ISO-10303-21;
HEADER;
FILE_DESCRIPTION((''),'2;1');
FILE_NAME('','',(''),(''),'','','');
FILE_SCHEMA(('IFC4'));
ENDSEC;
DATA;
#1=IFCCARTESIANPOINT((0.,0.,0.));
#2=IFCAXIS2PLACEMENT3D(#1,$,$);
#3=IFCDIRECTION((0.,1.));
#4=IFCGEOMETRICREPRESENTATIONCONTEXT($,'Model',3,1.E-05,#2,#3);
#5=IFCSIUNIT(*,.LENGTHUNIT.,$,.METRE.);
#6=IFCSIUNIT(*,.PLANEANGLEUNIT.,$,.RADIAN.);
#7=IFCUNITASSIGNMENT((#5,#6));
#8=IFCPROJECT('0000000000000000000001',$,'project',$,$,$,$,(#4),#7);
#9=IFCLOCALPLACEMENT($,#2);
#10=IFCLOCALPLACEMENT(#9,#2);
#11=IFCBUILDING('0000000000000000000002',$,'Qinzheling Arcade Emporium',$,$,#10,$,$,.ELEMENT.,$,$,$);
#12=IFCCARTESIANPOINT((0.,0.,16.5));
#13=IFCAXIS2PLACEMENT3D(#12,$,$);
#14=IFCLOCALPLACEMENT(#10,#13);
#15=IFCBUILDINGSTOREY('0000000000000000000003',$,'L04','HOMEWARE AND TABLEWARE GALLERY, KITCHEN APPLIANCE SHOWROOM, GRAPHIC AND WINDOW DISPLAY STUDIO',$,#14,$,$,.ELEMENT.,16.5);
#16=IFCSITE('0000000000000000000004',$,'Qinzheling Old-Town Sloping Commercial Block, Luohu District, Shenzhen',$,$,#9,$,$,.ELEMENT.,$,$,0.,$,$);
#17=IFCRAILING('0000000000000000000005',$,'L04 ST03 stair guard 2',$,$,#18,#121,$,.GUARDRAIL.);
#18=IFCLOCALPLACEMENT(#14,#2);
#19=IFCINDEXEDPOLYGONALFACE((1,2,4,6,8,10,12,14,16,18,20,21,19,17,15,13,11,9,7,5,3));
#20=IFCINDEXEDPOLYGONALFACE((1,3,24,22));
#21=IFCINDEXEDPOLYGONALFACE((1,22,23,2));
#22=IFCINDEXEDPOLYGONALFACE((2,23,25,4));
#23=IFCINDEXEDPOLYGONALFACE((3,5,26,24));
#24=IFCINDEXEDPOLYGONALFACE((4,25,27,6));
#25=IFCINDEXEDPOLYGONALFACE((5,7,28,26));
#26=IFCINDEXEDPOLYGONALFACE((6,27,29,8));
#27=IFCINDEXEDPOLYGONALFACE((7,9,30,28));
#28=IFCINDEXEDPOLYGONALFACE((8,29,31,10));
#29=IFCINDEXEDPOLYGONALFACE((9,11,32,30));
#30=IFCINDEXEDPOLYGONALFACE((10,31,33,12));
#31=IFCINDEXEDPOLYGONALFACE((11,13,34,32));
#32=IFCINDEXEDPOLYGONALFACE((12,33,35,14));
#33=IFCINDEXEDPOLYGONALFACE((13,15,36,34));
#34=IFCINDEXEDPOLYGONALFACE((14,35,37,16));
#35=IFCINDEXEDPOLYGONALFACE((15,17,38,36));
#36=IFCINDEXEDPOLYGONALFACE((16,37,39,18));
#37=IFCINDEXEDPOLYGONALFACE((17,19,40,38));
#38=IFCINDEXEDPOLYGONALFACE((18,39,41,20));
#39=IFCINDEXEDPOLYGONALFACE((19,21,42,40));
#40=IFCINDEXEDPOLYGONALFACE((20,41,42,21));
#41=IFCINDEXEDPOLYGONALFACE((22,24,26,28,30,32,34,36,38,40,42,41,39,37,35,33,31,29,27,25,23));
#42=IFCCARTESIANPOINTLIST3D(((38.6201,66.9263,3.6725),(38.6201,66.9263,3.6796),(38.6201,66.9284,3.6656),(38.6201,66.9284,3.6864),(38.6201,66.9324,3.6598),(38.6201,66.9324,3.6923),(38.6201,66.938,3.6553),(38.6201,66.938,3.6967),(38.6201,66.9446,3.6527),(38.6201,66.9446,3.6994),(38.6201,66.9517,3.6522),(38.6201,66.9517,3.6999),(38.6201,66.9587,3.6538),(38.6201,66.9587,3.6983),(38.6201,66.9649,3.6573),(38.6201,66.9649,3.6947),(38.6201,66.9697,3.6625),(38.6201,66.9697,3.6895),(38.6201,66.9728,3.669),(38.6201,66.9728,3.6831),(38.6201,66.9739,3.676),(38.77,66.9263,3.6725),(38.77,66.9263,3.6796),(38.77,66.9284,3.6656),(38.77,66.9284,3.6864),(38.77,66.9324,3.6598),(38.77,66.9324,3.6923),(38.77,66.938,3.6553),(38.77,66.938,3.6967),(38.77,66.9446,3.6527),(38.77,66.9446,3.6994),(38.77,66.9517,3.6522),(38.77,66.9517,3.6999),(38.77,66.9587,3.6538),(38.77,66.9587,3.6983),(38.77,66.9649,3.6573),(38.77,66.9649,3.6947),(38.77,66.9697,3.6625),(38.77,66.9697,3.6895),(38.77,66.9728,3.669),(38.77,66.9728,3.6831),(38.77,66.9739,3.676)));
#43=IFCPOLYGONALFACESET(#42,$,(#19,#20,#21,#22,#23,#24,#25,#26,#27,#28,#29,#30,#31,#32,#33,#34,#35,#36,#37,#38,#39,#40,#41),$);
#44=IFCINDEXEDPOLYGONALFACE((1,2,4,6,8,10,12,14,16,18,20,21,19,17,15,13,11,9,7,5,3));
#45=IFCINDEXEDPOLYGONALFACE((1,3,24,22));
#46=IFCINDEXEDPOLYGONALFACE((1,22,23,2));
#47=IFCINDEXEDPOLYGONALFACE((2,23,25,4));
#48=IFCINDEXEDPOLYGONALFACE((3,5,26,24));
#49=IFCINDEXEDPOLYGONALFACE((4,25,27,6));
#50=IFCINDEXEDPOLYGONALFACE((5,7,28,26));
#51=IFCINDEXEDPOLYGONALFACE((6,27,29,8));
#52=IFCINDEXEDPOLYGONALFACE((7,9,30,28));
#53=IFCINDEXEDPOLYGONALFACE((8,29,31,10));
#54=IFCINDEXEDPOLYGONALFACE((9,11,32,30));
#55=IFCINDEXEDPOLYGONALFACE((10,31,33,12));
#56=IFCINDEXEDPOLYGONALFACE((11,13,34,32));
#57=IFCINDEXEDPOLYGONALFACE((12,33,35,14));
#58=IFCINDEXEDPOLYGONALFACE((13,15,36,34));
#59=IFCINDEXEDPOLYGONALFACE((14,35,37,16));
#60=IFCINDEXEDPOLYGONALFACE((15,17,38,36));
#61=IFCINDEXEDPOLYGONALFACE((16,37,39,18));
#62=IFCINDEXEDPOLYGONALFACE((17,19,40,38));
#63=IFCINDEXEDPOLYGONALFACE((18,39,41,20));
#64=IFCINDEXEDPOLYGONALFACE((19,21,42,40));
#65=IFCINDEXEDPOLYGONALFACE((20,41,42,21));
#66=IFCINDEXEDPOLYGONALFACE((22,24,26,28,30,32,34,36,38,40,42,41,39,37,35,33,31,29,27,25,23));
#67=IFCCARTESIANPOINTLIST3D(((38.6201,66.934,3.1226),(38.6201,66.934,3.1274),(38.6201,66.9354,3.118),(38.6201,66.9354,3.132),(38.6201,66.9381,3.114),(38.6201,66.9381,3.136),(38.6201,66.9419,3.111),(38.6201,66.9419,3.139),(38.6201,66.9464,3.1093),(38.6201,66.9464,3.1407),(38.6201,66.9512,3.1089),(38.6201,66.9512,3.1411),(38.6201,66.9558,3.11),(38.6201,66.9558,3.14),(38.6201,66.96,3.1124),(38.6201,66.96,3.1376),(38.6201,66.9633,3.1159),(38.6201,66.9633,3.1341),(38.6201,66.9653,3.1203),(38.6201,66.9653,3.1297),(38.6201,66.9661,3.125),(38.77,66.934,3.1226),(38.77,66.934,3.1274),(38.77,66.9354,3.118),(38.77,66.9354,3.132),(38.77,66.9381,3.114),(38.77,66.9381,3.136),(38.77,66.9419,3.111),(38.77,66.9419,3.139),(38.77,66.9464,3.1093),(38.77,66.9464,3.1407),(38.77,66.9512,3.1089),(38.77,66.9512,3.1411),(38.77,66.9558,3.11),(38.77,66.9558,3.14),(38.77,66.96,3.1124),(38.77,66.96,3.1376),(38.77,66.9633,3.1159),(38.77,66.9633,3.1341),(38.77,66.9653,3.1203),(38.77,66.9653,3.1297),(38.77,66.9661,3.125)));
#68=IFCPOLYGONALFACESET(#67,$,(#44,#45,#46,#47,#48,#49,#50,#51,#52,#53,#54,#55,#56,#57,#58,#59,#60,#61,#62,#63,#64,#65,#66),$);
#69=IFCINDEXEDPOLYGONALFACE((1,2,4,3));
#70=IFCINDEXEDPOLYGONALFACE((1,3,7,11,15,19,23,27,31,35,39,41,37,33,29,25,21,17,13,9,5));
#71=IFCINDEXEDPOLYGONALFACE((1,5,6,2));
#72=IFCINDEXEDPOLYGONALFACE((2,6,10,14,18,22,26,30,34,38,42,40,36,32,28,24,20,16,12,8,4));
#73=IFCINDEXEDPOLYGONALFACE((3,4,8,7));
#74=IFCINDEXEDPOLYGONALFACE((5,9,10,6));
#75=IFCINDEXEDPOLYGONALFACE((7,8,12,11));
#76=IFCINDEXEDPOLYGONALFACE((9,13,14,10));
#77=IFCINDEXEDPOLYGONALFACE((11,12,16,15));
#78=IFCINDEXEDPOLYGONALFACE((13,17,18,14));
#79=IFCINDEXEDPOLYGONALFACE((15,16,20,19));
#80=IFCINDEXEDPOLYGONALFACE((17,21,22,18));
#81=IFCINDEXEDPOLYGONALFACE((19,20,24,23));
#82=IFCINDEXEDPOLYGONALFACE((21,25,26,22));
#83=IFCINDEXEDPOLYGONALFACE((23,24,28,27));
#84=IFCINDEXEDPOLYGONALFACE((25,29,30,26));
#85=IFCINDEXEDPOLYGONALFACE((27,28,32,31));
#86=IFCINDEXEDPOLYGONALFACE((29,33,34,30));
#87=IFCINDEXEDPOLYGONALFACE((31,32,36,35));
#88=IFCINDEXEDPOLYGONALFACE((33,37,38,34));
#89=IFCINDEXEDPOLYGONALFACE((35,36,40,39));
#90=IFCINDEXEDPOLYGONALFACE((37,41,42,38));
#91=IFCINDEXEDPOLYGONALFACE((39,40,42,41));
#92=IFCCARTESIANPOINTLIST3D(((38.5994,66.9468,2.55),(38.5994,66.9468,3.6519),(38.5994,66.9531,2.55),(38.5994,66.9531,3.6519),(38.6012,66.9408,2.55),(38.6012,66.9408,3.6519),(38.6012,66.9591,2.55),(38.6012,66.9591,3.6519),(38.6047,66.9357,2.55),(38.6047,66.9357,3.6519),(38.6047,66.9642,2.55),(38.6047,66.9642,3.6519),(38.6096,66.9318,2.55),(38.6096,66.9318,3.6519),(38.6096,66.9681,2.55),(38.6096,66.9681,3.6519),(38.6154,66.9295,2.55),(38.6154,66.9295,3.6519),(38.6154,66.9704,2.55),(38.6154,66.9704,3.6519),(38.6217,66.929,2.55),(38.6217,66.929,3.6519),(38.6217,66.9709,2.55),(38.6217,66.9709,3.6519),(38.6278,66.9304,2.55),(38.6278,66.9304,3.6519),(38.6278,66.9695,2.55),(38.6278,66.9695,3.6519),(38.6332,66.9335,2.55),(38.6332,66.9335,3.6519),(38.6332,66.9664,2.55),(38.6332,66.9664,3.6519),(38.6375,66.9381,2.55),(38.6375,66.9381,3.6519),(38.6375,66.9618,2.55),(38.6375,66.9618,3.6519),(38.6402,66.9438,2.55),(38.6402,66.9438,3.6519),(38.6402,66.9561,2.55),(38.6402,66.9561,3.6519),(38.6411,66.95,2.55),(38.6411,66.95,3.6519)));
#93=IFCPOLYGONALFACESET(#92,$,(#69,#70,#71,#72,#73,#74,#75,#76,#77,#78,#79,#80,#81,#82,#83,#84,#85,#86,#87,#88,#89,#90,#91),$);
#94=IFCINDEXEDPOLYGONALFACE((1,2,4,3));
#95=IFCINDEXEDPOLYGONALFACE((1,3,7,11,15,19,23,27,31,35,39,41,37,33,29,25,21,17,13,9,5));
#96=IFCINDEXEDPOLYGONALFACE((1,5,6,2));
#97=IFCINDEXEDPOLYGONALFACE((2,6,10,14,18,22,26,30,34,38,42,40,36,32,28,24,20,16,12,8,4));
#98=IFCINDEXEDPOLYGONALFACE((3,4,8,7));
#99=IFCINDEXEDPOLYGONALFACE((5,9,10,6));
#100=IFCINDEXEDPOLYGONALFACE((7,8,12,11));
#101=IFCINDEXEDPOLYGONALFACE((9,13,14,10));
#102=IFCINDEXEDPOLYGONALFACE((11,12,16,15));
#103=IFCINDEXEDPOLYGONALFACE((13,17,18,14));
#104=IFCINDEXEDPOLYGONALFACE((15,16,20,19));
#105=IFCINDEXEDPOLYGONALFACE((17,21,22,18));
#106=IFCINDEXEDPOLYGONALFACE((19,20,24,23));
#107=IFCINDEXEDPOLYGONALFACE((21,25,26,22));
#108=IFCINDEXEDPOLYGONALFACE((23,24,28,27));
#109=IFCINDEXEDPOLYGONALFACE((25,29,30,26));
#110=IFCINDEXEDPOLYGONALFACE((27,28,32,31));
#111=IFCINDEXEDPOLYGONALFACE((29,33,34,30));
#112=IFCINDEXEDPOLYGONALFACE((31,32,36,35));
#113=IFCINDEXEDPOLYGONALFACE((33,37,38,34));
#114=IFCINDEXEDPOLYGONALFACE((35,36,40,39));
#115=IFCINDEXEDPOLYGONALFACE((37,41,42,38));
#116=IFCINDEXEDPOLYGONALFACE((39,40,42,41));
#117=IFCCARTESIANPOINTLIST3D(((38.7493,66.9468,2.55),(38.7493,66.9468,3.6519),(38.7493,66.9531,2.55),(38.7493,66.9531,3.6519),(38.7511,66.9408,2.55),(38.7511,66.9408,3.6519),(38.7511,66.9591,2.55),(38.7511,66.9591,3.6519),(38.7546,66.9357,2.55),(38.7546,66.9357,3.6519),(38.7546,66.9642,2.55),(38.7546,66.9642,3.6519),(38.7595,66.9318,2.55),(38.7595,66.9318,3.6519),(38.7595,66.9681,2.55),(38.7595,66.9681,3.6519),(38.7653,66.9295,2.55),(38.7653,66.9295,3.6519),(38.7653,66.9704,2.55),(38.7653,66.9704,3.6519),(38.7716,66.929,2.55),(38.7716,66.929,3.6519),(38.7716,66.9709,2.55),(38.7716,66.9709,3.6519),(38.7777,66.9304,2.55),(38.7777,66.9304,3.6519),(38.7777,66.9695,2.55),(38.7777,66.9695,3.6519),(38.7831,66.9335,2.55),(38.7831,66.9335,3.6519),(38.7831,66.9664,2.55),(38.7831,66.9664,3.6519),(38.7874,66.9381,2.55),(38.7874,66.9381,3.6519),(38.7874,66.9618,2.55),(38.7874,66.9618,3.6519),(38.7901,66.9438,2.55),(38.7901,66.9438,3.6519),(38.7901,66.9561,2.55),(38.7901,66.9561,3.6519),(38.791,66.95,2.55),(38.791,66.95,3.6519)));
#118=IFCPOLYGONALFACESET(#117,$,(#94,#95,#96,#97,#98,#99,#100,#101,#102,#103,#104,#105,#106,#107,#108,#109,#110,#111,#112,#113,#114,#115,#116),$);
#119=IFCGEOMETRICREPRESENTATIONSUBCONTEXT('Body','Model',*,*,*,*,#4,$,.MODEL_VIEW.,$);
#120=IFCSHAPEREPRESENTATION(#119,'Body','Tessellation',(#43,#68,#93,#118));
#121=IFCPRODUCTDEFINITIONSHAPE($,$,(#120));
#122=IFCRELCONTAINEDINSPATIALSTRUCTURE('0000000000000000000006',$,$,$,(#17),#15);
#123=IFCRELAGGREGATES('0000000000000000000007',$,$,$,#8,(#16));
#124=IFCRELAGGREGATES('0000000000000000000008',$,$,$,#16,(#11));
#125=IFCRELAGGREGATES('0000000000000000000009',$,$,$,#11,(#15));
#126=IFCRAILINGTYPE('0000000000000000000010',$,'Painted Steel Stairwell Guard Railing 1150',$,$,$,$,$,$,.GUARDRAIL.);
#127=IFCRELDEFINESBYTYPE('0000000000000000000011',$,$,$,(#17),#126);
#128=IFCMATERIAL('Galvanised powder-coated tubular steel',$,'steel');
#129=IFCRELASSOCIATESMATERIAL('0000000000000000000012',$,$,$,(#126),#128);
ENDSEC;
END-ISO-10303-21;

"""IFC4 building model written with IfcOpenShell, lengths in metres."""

from ifc_helpers import new_model, si_unit, direction, frame, origin, origin_2d, place, context, subcontext, project, spatial, circle, extrude, material, type_object, element, save


model = new_model("IFC4")

# Units and contexts
model_context = context("Model", 3, precision=1e-05, world=origin(), true_north=direction((0.0, 1.0)))
body_context = subcontext(model_context, "Body", "Model", "MODEL_VIEW")
ifc_project = project(units=[si_unit("LENGTHUNIT", "METRE"), si_unit("PLANEANGLEUNIT", "RADIAN")], contexts=[model_context])

# Site, building, storey
site_placement = place(None, origin())
site = spatial("IfcSite", under=ifc_project, at=site_placement, Name="Qinzheling Old-Town Sloping Commercial Block, Luohu District, Shenzhen", CompositionType="ELEMENT", RefElevation=0.0)
building_placement = place(site_placement, origin())
building = spatial("IfcBuilding", under=site, at=building_placement, Name="Qinzheling Arcade Emporium", CompositionType="ELEMENT")
storey_placement = place(building_placement, frame((0.0, 0.0, 16.5)))
storey = spatial("IfcBuildingStorey", under=building, at=storey_placement, Name="L04", Description="HOMEWARE AND TABLEWARE GALLERY, KITCHEN APPLIANCE SHOWROOM, GRAPHIC AND WINDOW DISPLAY STUDIO", CompositionType="ELEMENT", Elevation=16.5)

# Railing
ifc_material_1 = material(Name="Galvanised powder-coated tubular steel", Category="steel")
railing_type_1 = type_object("IfcRailingType", Name="Painted Steel Stairwell Guard Railing 1150", PredefinedType="GUARDRAIL", material=ifc_material_1)
railing_1_placement = place(storey_placement, frame((38.6201, 66.95, 2.55)))
element("IfcRailing", 1, at=railing_1_placement, inside=storey, type_object=railing_type_1, Name="L04 ST03 stair guard 2", PredefinedType="GUARDRAIL", context=body_context, shape_type="SweptSolid", body=[
    extrude(circle(Radius=0.0239, at=origin_2d()), frame((0.0, 0.0, 1.126), z_axis=(1.0, 0.0, 0.0), x_axis=(0.0, 1.0, 0.0)), (0.0, 0.0, 1.0), 0.1499),
    extrude(circle(Radius=0.0161, at=origin_2d()), frame((0.0, 0.0, 0.575), z_axis=(1.0, 0.0, 0.0), x_axis=(0.0, 1.0, 0.0)), (0.0, 0.0, 1.0), 0.1499),
    extrude(circle(Radius=0.021, at=origin_2d()), origin(), (0.0, 0.0, 1.0), 1.1018),
    extrude(circle(Radius=0.021, at=origin_2d()), frame((0.1499, 0.0, 0.0)), (0.0, 0.0, 1.0), 1.1018),
])

save(model, "model.ifc")
